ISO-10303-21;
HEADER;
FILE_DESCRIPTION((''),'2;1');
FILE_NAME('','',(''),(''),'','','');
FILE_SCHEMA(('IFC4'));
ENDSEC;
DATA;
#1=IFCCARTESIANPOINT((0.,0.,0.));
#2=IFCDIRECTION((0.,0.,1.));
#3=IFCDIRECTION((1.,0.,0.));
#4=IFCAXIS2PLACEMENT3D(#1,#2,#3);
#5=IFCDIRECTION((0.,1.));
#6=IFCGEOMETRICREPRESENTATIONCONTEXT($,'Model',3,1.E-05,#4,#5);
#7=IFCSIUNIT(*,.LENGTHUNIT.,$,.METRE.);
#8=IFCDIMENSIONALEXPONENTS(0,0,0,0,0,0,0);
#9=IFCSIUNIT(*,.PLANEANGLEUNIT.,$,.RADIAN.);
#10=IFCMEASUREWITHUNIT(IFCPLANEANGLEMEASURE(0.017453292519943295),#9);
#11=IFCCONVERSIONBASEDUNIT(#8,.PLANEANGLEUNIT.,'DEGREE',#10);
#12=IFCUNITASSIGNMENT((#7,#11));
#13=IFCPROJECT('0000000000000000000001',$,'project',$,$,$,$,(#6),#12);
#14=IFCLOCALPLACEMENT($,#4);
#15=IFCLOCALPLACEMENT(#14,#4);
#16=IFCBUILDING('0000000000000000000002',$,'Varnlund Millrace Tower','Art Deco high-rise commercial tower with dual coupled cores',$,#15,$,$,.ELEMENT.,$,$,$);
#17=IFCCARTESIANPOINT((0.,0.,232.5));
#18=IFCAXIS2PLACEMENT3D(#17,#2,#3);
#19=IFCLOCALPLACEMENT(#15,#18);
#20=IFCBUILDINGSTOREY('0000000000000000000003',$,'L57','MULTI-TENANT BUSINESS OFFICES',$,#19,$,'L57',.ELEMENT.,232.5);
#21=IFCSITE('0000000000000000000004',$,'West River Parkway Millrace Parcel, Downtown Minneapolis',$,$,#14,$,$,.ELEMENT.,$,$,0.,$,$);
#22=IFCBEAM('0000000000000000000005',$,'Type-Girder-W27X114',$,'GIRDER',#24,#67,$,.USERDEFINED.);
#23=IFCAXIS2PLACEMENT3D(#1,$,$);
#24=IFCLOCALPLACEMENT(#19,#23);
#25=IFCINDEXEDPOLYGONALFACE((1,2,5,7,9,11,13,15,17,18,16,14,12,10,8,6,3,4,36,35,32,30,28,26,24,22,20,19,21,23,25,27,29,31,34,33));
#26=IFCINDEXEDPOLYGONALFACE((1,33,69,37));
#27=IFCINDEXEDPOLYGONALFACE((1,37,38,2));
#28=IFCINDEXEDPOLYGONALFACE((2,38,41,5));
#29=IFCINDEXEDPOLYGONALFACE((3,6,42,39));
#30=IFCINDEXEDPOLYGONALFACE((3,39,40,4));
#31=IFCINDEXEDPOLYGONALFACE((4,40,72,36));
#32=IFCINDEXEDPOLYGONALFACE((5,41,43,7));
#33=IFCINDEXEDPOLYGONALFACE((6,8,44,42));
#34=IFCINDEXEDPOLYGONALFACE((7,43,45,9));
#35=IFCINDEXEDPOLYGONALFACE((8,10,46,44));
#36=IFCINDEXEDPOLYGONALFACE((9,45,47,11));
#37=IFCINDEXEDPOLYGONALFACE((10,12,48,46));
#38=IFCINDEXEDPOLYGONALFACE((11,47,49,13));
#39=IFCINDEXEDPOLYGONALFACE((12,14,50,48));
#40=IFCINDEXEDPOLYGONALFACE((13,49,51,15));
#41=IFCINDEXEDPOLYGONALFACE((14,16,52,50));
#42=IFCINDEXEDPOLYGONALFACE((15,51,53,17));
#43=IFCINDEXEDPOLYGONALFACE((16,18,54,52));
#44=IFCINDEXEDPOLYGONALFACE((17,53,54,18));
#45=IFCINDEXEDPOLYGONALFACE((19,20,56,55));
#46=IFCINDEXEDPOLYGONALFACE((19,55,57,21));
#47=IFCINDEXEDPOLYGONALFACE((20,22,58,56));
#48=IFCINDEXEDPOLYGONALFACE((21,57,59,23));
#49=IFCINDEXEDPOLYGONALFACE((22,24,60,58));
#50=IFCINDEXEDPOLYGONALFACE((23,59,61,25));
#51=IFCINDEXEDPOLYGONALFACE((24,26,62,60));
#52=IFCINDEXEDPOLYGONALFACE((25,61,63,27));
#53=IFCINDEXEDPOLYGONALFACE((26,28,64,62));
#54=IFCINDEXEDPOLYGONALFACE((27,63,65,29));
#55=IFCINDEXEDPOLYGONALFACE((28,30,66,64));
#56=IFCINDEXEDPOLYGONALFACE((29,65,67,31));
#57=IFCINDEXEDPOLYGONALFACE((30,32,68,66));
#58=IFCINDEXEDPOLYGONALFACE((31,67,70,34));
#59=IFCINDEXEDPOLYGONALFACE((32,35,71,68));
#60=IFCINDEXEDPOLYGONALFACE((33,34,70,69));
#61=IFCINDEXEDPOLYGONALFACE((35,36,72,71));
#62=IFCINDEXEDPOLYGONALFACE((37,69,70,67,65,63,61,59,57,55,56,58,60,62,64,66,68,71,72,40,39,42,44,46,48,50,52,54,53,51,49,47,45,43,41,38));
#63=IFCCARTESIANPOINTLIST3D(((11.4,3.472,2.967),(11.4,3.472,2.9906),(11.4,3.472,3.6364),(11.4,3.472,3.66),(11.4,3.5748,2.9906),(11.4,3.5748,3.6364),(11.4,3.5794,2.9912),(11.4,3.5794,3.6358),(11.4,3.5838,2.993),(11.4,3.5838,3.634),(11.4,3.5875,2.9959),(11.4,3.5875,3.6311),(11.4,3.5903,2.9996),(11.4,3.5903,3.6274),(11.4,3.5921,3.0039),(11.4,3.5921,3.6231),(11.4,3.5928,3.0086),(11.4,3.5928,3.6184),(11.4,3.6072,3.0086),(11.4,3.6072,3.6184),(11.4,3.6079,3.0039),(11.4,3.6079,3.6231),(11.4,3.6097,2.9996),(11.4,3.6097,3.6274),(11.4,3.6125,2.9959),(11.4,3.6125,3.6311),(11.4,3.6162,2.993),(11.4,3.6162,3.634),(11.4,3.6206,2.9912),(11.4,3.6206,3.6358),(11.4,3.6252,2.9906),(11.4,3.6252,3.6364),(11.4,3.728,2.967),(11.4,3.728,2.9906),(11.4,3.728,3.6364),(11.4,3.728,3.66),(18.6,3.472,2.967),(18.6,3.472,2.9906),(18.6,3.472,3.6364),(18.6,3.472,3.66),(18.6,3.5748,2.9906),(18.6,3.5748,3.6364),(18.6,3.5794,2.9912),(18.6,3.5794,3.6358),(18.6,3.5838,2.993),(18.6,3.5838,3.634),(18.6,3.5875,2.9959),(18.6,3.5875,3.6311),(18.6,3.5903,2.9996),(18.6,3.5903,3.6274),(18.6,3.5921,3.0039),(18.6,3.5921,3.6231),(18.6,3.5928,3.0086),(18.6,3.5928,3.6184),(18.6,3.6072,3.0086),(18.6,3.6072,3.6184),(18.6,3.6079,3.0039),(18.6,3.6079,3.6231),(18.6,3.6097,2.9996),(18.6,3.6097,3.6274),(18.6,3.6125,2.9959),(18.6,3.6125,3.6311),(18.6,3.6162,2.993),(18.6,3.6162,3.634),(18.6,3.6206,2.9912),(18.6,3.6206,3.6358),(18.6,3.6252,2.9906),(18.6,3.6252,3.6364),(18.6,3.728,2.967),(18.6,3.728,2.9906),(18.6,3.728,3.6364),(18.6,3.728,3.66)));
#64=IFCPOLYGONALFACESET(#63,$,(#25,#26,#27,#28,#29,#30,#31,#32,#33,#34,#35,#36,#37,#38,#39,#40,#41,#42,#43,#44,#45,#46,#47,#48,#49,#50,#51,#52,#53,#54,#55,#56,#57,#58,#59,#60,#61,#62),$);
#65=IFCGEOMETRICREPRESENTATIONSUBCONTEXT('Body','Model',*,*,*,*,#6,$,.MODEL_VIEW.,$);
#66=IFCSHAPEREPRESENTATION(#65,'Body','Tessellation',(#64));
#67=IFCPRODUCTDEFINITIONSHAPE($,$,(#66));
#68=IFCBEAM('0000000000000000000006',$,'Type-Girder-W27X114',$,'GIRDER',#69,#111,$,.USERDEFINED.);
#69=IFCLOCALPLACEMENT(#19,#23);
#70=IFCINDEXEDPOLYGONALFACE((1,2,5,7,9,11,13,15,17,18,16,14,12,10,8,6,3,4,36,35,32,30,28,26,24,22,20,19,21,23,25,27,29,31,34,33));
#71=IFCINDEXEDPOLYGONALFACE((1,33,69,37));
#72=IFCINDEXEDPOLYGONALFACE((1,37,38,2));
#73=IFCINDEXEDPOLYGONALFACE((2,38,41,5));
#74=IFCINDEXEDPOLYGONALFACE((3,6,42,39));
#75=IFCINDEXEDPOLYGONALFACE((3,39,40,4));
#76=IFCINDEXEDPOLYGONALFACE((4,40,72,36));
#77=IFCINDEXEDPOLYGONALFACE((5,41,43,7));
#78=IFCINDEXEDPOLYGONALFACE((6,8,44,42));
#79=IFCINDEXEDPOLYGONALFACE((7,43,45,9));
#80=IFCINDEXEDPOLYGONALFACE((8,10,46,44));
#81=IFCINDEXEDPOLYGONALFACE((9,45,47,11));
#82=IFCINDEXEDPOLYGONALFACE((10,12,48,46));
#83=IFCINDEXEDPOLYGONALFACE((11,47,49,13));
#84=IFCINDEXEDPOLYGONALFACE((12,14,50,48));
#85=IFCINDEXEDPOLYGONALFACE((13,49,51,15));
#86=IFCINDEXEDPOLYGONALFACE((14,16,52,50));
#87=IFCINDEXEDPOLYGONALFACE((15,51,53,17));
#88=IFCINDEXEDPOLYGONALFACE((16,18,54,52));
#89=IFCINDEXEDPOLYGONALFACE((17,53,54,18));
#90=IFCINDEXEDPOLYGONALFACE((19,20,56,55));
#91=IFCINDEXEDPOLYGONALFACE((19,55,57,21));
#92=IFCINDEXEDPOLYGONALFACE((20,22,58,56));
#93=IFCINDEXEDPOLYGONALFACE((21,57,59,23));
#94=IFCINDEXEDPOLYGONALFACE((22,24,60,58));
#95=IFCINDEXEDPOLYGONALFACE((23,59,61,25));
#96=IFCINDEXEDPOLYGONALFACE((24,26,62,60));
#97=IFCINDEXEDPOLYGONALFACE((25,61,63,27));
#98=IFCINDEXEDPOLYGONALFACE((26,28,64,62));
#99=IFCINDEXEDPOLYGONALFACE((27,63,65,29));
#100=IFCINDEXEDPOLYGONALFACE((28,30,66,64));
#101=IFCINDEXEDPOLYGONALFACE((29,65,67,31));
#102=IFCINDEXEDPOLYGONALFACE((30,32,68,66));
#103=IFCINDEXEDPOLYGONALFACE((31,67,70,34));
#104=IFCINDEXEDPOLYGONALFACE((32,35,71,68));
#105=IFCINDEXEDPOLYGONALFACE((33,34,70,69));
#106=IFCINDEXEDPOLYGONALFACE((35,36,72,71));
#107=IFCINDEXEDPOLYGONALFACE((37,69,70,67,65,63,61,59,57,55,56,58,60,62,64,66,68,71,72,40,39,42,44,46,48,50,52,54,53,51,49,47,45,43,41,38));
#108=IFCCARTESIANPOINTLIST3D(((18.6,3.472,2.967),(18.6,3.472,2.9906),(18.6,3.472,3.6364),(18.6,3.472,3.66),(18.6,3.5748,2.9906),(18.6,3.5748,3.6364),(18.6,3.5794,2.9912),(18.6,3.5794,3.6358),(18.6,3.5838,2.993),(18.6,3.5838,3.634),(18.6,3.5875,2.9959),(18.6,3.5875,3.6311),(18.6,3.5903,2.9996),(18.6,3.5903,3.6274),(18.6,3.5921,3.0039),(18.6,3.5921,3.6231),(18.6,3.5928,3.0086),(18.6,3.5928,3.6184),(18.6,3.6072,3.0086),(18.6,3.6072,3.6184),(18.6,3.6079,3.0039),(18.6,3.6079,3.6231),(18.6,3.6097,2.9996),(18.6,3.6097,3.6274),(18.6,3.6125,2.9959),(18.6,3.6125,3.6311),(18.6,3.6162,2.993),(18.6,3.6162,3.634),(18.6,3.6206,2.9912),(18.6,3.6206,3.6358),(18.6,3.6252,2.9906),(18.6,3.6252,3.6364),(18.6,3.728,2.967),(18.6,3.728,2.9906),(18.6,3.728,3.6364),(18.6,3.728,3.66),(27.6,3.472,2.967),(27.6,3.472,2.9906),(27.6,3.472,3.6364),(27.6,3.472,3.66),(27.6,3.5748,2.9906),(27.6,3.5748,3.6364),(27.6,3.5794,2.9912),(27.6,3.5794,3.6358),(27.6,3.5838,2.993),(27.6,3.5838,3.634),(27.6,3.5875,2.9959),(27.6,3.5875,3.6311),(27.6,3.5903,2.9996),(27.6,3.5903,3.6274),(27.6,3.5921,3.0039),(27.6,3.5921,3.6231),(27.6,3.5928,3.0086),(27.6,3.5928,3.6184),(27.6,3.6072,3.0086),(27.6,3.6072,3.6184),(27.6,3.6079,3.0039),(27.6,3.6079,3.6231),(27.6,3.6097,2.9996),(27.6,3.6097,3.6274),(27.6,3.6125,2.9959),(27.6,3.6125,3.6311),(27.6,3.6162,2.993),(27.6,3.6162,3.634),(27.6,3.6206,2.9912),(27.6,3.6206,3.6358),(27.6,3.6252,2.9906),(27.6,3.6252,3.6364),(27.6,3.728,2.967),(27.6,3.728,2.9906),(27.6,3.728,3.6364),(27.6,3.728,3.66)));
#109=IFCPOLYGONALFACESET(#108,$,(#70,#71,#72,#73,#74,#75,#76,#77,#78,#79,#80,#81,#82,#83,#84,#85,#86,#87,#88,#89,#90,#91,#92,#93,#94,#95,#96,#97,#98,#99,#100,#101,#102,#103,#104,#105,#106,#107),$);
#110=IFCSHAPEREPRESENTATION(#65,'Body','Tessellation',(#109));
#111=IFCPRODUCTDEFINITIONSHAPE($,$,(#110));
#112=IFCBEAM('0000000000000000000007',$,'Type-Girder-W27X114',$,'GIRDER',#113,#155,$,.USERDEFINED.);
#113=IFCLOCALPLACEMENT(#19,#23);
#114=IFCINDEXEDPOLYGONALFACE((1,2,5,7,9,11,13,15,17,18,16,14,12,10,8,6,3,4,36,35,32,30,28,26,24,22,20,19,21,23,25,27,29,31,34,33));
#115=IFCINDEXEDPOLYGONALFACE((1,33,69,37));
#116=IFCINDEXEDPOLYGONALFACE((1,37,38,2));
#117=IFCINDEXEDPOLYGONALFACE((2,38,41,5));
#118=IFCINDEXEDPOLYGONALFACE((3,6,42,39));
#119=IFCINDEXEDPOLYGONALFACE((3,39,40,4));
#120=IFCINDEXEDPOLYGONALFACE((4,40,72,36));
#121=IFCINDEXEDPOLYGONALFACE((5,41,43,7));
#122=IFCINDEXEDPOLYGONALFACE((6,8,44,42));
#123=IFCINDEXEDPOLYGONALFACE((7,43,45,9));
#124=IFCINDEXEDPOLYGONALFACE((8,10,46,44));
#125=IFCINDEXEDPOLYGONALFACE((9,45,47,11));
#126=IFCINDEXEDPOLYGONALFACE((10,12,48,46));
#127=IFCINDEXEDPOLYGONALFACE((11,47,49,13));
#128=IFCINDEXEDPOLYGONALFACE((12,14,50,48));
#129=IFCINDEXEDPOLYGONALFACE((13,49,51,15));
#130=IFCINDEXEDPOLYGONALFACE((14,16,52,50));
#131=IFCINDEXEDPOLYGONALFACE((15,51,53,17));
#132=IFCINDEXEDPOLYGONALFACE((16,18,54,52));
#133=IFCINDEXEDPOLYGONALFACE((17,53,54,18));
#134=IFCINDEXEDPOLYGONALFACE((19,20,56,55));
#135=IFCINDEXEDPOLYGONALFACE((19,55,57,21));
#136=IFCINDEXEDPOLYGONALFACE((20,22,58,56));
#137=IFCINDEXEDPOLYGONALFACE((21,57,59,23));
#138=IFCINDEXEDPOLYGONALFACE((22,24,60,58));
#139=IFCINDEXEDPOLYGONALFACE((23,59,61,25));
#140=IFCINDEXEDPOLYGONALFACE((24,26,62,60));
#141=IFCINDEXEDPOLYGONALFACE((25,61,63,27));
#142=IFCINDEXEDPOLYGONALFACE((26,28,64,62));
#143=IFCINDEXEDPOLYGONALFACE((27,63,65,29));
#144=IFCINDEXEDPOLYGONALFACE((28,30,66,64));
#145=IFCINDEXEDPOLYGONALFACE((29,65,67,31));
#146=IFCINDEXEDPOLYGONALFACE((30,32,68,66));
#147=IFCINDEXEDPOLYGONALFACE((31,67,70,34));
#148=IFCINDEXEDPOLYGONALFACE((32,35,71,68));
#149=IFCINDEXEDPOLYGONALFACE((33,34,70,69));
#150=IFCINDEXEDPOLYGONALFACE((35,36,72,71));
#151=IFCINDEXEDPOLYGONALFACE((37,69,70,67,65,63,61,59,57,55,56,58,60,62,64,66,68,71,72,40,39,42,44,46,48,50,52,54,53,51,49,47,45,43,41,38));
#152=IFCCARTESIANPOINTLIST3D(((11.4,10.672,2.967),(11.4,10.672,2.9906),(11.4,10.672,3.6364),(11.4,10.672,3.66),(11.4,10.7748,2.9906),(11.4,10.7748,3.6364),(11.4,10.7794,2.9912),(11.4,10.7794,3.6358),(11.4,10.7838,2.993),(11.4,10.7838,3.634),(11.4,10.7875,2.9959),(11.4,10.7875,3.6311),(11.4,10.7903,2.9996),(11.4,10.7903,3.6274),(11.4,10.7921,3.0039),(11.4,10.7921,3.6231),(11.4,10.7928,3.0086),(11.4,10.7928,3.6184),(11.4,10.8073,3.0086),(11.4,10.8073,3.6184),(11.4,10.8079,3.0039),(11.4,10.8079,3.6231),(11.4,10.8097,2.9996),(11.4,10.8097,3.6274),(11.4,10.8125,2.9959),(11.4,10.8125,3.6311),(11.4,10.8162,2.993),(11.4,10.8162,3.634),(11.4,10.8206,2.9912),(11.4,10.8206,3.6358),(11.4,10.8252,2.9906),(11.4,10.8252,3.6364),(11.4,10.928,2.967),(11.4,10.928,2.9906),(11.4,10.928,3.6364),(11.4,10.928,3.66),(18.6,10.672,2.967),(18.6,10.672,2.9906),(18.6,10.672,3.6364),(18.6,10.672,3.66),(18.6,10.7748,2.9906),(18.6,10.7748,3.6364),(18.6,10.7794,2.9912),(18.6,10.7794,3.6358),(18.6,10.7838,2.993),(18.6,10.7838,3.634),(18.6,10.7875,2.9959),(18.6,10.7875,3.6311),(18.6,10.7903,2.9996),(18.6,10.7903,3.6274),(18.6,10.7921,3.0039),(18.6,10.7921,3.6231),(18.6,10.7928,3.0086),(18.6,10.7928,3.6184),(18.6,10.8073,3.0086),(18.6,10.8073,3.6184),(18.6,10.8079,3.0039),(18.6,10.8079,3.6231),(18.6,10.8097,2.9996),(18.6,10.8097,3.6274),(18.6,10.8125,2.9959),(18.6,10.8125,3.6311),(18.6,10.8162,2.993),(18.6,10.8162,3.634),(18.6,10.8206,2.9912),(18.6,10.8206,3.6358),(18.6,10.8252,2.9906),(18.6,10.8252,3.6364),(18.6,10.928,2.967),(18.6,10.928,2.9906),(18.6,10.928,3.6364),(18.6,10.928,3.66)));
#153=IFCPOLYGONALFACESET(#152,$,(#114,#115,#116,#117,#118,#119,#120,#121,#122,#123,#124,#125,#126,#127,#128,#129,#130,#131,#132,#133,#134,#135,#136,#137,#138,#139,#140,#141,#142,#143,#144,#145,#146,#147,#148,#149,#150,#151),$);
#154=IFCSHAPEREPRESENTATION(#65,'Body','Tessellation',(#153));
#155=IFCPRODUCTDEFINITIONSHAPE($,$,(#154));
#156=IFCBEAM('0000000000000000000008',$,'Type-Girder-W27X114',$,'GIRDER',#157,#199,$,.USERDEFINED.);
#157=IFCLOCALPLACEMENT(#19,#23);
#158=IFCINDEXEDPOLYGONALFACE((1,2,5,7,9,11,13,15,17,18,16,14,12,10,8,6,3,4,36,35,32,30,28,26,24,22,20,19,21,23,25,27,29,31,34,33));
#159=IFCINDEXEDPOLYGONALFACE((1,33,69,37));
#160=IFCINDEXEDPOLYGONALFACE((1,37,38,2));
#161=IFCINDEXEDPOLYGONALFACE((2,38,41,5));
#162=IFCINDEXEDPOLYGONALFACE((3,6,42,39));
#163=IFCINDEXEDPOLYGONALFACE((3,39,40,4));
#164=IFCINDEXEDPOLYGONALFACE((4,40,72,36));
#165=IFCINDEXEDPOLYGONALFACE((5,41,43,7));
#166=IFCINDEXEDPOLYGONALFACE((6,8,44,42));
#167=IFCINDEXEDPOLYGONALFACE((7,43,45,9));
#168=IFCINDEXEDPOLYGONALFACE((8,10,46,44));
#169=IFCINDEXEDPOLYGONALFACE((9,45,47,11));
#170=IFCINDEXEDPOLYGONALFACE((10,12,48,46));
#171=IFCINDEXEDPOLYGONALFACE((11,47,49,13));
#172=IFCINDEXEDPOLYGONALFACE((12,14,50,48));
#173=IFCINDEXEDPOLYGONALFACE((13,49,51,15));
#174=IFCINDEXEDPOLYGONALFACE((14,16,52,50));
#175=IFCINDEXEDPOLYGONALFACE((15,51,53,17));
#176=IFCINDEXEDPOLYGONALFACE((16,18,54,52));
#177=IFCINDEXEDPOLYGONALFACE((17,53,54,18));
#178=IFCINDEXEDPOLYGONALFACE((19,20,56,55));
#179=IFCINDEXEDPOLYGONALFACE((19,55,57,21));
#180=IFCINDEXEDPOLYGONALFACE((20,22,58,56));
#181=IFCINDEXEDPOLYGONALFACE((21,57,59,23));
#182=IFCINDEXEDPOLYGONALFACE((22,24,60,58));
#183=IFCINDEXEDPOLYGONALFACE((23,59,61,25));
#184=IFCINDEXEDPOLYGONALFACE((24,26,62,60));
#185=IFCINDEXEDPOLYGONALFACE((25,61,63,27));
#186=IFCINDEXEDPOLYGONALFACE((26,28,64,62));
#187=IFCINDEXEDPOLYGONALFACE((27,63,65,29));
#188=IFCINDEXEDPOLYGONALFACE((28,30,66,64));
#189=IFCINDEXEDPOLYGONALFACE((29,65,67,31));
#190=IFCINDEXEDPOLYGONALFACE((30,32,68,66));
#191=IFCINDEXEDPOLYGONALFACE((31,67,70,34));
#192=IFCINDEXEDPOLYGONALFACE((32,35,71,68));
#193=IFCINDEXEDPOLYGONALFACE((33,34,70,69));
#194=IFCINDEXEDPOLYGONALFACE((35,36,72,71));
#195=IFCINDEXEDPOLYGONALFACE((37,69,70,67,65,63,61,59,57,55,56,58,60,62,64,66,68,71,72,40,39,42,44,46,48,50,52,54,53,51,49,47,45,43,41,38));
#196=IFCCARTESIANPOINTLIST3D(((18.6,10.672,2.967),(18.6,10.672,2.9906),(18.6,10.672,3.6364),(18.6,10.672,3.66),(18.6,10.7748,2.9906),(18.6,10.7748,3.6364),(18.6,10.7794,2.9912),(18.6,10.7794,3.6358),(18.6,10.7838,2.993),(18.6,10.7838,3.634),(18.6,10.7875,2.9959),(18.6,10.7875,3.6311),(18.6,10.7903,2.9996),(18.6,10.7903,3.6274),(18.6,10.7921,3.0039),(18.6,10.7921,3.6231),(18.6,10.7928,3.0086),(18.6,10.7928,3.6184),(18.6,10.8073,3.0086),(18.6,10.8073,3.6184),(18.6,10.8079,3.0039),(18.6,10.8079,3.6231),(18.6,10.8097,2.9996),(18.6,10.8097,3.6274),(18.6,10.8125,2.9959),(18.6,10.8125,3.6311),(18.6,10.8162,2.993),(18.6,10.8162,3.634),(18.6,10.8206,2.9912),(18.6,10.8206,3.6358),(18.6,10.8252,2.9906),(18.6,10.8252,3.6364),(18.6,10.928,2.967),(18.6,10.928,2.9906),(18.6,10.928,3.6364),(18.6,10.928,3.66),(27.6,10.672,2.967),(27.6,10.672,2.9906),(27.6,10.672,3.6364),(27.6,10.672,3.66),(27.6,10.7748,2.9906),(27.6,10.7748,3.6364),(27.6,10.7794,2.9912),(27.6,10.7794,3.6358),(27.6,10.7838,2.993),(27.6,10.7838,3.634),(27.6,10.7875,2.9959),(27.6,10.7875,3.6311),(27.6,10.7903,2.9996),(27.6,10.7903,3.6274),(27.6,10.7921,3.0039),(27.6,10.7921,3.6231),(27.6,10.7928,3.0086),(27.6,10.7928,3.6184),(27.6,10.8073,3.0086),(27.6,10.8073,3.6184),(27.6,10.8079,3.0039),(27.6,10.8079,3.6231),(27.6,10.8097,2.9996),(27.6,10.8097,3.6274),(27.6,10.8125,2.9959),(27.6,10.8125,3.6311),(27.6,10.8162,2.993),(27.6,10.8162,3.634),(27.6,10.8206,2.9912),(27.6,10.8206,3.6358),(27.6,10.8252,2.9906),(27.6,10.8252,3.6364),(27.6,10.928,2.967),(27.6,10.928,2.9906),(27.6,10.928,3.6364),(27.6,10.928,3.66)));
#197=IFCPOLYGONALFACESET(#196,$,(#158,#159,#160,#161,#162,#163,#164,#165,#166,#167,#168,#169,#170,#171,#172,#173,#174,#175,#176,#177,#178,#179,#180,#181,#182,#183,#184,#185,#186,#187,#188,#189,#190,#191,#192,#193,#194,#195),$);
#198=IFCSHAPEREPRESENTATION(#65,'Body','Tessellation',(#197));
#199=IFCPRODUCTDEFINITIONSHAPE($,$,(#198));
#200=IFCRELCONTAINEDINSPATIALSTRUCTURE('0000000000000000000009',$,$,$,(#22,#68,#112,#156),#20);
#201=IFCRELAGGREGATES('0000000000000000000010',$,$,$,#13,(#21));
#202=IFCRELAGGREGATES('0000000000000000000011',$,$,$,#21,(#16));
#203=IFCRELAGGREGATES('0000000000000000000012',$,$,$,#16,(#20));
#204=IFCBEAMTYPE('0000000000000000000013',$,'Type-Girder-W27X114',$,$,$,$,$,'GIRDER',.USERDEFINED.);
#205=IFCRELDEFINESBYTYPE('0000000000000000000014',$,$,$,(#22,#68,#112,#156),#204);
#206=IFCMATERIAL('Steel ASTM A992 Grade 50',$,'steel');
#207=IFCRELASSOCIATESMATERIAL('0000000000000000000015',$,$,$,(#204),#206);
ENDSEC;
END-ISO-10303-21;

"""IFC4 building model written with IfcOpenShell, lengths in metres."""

from ifc_helpers import new_model, entity, si_unit, converted_unit, direction, frame, origin_with_axes, origin_2d_with_axis, place, context, subcontext, project, spatial, i_section, extrude, material, material_profile, profile_set, type_object, element, save


model = new_model("IFC4")

# Units and contexts
model_context = context("Model", 3, precision=1e-05, world=origin_with_axes(), true_north=direction((0.0, 1.0)))
body_context = subcontext(model_context, "Body", "Model", "MODEL_VIEW")
ifc_project = project(units=[si_unit("LENGTHUNIT", "METRE"), converted_unit("PLANEANGLEUNIT", "DEGREE", entity("IfcPlaneAngleMeasure", 0.017453292519943295), si_unit("PLANEANGLEUNIT", "RADIAN"), dimensions=[0, 0, 0, 0, 0, 0, 0])], contexts=[model_context])

# Site, building, storey
site_placement = place(None, origin_with_axes())
site = spatial("IfcSite", under=ifc_project, at=site_placement, Name="West River Parkway Millrace Parcel, Downtown Minneapolis", CompositionType="ELEMENT", RefElevation=0.0)
building_placement = place(site_placement, origin_with_axes())
building = spatial("IfcBuilding", under=site, at=building_placement, Name="Varnlund Millrace Tower", Description="Art Deco high-rise commercial tower with dual coupled cores", CompositionType="ELEMENT")
storey_placement = place(building_placement, frame((0.0, 0.0, 232.5), z_axis=(0.0, 0.0, 1.0), x_axis=(1.0, 0.0, 0.0)))
storey = spatial("IfcBuildingStorey", under=building, at=storey_placement, Name="L57", Description="MULTI-TENANT BUSINESS OFFICES", LongName="L57", CompositionType="ELEMENT", Elevation=232.5)

# Beams
ifc_material_1 = material(Name="Steel ASTM A992 Grade 50", Category="steel")
ifc_material_profile_1 = material_profile(ifc_material_1, i_section(OverallWidth=0.256, OverallDepth=0.693, WebThickness=0.0145, FlangeThickness=0.0236, FilletRadius=0.018, at=origin_2d_with_axis()), Name="Steel ASTM A992 Grade 50")
ifc_profile_set_1 = profile_set([ifc_material_profile_1], Name="Steel ASTM A992 Grade 50")
beam_type_1 = type_object("IfcBeamType", Name="Type-Girder-W27X114", ElementType="GIRDER", PredefinedType="USERDEFINED", material=ifc_profile_set_1)
beam_1_placement = place(storey_placement, frame((11.4, 3.6, 3.3135), z_axis=(1.0, 0.0, 0.0), x_axis=(0.0, 1.0, 0.0)))
element("IfcBeam", 1, at=beam_1_placement, inside=storey, type_object=beam_type_1, Name="Type-Girder-W27X114", ObjectType="GIRDER", PredefinedType="USERDEFINED", context=body_context, shape_type="SweptSolid", body=[
    extrude(i_section(OverallWidth=0.256, OverallDepth=0.693, WebThickness=0.0145, FlangeThickness=0.0236, FilletRadius=0.018, at=origin_2d_with_axis()), origin_with_axes(), (0.0, 0.0, 1.0), 7.2),
])
beam_2_placement = place(storey_placement, frame((18.6, 3.6, 3.3135), z_axis=(1.0, 0.0, 0.0), x_axis=(0.0, 1.0, 0.0)))
element("IfcBeam", 2, at=beam_2_placement, inside=storey, type_object=beam_type_1, Name="Type-Girder-W27X114", ObjectType="GIRDER", PredefinedType="USERDEFINED", context=body_context, shape_type="SweptSolid", body=[
    extrude(i_section(OverallWidth=0.256, OverallDepth=0.693, WebThickness=0.0145, FlangeThickness=0.0236, FilletRadius=0.018, at=origin_2d_with_axis()), origin_with_axes(), (0.0, 0.0, 1.0), 9.0),
])
beam_3_placement = place(storey_placement, frame((11.4, 10.8, 3.3135), z_axis=(1.0, 0.0, 0.0), x_axis=(0.0, 1.0, 0.0)))
element("IfcBeam", 3, at=beam_3_placement, inside=storey, type_object=beam_type_1, Name="Type-Girder-W27X114", ObjectType="GIRDER", PredefinedType="USERDEFINED", context=body_context, shape_type="SweptSolid", body=[
    extrude(i_section(OverallWidth=0.256, OverallDepth=0.693, WebThickness=0.0145, FlangeThickness=0.0236, FilletRadius=0.018, at=origin_2d_with_axis()), origin_with_axes(), (0.0, 0.0, 1.0), 7.2),
])
for number, where, z_axis, x_axis, name in (
    (4, (18.6, 10.8, 3.3135), (1.0, 0.0, 0.0), (0.0, 1.0, 0.0), "Type-Girder-W27X114"),
):
    element("IfcBeam", number, at=place(storey_placement, frame(where, z_axis=z_axis, x_axis=x_axis)), inside=storey, type_object=beam_type_1, Name=name, ObjectType="GIRDER", PredefinedType="USERDEFINED", context=body_context, shape_type="SweptSolid", body=[
        extrude(i_section(OverallWidth=0.256, OverallDepth=0.693, WebThickness=0.0145, FlangeThickness=0.0236, FilletRadius=0.018, at=origin_2d_with_axis()), origin_with_axes(), (0.0, 0.0, 1.0), 9.0),
    ])

save(model, "model.ifc")
